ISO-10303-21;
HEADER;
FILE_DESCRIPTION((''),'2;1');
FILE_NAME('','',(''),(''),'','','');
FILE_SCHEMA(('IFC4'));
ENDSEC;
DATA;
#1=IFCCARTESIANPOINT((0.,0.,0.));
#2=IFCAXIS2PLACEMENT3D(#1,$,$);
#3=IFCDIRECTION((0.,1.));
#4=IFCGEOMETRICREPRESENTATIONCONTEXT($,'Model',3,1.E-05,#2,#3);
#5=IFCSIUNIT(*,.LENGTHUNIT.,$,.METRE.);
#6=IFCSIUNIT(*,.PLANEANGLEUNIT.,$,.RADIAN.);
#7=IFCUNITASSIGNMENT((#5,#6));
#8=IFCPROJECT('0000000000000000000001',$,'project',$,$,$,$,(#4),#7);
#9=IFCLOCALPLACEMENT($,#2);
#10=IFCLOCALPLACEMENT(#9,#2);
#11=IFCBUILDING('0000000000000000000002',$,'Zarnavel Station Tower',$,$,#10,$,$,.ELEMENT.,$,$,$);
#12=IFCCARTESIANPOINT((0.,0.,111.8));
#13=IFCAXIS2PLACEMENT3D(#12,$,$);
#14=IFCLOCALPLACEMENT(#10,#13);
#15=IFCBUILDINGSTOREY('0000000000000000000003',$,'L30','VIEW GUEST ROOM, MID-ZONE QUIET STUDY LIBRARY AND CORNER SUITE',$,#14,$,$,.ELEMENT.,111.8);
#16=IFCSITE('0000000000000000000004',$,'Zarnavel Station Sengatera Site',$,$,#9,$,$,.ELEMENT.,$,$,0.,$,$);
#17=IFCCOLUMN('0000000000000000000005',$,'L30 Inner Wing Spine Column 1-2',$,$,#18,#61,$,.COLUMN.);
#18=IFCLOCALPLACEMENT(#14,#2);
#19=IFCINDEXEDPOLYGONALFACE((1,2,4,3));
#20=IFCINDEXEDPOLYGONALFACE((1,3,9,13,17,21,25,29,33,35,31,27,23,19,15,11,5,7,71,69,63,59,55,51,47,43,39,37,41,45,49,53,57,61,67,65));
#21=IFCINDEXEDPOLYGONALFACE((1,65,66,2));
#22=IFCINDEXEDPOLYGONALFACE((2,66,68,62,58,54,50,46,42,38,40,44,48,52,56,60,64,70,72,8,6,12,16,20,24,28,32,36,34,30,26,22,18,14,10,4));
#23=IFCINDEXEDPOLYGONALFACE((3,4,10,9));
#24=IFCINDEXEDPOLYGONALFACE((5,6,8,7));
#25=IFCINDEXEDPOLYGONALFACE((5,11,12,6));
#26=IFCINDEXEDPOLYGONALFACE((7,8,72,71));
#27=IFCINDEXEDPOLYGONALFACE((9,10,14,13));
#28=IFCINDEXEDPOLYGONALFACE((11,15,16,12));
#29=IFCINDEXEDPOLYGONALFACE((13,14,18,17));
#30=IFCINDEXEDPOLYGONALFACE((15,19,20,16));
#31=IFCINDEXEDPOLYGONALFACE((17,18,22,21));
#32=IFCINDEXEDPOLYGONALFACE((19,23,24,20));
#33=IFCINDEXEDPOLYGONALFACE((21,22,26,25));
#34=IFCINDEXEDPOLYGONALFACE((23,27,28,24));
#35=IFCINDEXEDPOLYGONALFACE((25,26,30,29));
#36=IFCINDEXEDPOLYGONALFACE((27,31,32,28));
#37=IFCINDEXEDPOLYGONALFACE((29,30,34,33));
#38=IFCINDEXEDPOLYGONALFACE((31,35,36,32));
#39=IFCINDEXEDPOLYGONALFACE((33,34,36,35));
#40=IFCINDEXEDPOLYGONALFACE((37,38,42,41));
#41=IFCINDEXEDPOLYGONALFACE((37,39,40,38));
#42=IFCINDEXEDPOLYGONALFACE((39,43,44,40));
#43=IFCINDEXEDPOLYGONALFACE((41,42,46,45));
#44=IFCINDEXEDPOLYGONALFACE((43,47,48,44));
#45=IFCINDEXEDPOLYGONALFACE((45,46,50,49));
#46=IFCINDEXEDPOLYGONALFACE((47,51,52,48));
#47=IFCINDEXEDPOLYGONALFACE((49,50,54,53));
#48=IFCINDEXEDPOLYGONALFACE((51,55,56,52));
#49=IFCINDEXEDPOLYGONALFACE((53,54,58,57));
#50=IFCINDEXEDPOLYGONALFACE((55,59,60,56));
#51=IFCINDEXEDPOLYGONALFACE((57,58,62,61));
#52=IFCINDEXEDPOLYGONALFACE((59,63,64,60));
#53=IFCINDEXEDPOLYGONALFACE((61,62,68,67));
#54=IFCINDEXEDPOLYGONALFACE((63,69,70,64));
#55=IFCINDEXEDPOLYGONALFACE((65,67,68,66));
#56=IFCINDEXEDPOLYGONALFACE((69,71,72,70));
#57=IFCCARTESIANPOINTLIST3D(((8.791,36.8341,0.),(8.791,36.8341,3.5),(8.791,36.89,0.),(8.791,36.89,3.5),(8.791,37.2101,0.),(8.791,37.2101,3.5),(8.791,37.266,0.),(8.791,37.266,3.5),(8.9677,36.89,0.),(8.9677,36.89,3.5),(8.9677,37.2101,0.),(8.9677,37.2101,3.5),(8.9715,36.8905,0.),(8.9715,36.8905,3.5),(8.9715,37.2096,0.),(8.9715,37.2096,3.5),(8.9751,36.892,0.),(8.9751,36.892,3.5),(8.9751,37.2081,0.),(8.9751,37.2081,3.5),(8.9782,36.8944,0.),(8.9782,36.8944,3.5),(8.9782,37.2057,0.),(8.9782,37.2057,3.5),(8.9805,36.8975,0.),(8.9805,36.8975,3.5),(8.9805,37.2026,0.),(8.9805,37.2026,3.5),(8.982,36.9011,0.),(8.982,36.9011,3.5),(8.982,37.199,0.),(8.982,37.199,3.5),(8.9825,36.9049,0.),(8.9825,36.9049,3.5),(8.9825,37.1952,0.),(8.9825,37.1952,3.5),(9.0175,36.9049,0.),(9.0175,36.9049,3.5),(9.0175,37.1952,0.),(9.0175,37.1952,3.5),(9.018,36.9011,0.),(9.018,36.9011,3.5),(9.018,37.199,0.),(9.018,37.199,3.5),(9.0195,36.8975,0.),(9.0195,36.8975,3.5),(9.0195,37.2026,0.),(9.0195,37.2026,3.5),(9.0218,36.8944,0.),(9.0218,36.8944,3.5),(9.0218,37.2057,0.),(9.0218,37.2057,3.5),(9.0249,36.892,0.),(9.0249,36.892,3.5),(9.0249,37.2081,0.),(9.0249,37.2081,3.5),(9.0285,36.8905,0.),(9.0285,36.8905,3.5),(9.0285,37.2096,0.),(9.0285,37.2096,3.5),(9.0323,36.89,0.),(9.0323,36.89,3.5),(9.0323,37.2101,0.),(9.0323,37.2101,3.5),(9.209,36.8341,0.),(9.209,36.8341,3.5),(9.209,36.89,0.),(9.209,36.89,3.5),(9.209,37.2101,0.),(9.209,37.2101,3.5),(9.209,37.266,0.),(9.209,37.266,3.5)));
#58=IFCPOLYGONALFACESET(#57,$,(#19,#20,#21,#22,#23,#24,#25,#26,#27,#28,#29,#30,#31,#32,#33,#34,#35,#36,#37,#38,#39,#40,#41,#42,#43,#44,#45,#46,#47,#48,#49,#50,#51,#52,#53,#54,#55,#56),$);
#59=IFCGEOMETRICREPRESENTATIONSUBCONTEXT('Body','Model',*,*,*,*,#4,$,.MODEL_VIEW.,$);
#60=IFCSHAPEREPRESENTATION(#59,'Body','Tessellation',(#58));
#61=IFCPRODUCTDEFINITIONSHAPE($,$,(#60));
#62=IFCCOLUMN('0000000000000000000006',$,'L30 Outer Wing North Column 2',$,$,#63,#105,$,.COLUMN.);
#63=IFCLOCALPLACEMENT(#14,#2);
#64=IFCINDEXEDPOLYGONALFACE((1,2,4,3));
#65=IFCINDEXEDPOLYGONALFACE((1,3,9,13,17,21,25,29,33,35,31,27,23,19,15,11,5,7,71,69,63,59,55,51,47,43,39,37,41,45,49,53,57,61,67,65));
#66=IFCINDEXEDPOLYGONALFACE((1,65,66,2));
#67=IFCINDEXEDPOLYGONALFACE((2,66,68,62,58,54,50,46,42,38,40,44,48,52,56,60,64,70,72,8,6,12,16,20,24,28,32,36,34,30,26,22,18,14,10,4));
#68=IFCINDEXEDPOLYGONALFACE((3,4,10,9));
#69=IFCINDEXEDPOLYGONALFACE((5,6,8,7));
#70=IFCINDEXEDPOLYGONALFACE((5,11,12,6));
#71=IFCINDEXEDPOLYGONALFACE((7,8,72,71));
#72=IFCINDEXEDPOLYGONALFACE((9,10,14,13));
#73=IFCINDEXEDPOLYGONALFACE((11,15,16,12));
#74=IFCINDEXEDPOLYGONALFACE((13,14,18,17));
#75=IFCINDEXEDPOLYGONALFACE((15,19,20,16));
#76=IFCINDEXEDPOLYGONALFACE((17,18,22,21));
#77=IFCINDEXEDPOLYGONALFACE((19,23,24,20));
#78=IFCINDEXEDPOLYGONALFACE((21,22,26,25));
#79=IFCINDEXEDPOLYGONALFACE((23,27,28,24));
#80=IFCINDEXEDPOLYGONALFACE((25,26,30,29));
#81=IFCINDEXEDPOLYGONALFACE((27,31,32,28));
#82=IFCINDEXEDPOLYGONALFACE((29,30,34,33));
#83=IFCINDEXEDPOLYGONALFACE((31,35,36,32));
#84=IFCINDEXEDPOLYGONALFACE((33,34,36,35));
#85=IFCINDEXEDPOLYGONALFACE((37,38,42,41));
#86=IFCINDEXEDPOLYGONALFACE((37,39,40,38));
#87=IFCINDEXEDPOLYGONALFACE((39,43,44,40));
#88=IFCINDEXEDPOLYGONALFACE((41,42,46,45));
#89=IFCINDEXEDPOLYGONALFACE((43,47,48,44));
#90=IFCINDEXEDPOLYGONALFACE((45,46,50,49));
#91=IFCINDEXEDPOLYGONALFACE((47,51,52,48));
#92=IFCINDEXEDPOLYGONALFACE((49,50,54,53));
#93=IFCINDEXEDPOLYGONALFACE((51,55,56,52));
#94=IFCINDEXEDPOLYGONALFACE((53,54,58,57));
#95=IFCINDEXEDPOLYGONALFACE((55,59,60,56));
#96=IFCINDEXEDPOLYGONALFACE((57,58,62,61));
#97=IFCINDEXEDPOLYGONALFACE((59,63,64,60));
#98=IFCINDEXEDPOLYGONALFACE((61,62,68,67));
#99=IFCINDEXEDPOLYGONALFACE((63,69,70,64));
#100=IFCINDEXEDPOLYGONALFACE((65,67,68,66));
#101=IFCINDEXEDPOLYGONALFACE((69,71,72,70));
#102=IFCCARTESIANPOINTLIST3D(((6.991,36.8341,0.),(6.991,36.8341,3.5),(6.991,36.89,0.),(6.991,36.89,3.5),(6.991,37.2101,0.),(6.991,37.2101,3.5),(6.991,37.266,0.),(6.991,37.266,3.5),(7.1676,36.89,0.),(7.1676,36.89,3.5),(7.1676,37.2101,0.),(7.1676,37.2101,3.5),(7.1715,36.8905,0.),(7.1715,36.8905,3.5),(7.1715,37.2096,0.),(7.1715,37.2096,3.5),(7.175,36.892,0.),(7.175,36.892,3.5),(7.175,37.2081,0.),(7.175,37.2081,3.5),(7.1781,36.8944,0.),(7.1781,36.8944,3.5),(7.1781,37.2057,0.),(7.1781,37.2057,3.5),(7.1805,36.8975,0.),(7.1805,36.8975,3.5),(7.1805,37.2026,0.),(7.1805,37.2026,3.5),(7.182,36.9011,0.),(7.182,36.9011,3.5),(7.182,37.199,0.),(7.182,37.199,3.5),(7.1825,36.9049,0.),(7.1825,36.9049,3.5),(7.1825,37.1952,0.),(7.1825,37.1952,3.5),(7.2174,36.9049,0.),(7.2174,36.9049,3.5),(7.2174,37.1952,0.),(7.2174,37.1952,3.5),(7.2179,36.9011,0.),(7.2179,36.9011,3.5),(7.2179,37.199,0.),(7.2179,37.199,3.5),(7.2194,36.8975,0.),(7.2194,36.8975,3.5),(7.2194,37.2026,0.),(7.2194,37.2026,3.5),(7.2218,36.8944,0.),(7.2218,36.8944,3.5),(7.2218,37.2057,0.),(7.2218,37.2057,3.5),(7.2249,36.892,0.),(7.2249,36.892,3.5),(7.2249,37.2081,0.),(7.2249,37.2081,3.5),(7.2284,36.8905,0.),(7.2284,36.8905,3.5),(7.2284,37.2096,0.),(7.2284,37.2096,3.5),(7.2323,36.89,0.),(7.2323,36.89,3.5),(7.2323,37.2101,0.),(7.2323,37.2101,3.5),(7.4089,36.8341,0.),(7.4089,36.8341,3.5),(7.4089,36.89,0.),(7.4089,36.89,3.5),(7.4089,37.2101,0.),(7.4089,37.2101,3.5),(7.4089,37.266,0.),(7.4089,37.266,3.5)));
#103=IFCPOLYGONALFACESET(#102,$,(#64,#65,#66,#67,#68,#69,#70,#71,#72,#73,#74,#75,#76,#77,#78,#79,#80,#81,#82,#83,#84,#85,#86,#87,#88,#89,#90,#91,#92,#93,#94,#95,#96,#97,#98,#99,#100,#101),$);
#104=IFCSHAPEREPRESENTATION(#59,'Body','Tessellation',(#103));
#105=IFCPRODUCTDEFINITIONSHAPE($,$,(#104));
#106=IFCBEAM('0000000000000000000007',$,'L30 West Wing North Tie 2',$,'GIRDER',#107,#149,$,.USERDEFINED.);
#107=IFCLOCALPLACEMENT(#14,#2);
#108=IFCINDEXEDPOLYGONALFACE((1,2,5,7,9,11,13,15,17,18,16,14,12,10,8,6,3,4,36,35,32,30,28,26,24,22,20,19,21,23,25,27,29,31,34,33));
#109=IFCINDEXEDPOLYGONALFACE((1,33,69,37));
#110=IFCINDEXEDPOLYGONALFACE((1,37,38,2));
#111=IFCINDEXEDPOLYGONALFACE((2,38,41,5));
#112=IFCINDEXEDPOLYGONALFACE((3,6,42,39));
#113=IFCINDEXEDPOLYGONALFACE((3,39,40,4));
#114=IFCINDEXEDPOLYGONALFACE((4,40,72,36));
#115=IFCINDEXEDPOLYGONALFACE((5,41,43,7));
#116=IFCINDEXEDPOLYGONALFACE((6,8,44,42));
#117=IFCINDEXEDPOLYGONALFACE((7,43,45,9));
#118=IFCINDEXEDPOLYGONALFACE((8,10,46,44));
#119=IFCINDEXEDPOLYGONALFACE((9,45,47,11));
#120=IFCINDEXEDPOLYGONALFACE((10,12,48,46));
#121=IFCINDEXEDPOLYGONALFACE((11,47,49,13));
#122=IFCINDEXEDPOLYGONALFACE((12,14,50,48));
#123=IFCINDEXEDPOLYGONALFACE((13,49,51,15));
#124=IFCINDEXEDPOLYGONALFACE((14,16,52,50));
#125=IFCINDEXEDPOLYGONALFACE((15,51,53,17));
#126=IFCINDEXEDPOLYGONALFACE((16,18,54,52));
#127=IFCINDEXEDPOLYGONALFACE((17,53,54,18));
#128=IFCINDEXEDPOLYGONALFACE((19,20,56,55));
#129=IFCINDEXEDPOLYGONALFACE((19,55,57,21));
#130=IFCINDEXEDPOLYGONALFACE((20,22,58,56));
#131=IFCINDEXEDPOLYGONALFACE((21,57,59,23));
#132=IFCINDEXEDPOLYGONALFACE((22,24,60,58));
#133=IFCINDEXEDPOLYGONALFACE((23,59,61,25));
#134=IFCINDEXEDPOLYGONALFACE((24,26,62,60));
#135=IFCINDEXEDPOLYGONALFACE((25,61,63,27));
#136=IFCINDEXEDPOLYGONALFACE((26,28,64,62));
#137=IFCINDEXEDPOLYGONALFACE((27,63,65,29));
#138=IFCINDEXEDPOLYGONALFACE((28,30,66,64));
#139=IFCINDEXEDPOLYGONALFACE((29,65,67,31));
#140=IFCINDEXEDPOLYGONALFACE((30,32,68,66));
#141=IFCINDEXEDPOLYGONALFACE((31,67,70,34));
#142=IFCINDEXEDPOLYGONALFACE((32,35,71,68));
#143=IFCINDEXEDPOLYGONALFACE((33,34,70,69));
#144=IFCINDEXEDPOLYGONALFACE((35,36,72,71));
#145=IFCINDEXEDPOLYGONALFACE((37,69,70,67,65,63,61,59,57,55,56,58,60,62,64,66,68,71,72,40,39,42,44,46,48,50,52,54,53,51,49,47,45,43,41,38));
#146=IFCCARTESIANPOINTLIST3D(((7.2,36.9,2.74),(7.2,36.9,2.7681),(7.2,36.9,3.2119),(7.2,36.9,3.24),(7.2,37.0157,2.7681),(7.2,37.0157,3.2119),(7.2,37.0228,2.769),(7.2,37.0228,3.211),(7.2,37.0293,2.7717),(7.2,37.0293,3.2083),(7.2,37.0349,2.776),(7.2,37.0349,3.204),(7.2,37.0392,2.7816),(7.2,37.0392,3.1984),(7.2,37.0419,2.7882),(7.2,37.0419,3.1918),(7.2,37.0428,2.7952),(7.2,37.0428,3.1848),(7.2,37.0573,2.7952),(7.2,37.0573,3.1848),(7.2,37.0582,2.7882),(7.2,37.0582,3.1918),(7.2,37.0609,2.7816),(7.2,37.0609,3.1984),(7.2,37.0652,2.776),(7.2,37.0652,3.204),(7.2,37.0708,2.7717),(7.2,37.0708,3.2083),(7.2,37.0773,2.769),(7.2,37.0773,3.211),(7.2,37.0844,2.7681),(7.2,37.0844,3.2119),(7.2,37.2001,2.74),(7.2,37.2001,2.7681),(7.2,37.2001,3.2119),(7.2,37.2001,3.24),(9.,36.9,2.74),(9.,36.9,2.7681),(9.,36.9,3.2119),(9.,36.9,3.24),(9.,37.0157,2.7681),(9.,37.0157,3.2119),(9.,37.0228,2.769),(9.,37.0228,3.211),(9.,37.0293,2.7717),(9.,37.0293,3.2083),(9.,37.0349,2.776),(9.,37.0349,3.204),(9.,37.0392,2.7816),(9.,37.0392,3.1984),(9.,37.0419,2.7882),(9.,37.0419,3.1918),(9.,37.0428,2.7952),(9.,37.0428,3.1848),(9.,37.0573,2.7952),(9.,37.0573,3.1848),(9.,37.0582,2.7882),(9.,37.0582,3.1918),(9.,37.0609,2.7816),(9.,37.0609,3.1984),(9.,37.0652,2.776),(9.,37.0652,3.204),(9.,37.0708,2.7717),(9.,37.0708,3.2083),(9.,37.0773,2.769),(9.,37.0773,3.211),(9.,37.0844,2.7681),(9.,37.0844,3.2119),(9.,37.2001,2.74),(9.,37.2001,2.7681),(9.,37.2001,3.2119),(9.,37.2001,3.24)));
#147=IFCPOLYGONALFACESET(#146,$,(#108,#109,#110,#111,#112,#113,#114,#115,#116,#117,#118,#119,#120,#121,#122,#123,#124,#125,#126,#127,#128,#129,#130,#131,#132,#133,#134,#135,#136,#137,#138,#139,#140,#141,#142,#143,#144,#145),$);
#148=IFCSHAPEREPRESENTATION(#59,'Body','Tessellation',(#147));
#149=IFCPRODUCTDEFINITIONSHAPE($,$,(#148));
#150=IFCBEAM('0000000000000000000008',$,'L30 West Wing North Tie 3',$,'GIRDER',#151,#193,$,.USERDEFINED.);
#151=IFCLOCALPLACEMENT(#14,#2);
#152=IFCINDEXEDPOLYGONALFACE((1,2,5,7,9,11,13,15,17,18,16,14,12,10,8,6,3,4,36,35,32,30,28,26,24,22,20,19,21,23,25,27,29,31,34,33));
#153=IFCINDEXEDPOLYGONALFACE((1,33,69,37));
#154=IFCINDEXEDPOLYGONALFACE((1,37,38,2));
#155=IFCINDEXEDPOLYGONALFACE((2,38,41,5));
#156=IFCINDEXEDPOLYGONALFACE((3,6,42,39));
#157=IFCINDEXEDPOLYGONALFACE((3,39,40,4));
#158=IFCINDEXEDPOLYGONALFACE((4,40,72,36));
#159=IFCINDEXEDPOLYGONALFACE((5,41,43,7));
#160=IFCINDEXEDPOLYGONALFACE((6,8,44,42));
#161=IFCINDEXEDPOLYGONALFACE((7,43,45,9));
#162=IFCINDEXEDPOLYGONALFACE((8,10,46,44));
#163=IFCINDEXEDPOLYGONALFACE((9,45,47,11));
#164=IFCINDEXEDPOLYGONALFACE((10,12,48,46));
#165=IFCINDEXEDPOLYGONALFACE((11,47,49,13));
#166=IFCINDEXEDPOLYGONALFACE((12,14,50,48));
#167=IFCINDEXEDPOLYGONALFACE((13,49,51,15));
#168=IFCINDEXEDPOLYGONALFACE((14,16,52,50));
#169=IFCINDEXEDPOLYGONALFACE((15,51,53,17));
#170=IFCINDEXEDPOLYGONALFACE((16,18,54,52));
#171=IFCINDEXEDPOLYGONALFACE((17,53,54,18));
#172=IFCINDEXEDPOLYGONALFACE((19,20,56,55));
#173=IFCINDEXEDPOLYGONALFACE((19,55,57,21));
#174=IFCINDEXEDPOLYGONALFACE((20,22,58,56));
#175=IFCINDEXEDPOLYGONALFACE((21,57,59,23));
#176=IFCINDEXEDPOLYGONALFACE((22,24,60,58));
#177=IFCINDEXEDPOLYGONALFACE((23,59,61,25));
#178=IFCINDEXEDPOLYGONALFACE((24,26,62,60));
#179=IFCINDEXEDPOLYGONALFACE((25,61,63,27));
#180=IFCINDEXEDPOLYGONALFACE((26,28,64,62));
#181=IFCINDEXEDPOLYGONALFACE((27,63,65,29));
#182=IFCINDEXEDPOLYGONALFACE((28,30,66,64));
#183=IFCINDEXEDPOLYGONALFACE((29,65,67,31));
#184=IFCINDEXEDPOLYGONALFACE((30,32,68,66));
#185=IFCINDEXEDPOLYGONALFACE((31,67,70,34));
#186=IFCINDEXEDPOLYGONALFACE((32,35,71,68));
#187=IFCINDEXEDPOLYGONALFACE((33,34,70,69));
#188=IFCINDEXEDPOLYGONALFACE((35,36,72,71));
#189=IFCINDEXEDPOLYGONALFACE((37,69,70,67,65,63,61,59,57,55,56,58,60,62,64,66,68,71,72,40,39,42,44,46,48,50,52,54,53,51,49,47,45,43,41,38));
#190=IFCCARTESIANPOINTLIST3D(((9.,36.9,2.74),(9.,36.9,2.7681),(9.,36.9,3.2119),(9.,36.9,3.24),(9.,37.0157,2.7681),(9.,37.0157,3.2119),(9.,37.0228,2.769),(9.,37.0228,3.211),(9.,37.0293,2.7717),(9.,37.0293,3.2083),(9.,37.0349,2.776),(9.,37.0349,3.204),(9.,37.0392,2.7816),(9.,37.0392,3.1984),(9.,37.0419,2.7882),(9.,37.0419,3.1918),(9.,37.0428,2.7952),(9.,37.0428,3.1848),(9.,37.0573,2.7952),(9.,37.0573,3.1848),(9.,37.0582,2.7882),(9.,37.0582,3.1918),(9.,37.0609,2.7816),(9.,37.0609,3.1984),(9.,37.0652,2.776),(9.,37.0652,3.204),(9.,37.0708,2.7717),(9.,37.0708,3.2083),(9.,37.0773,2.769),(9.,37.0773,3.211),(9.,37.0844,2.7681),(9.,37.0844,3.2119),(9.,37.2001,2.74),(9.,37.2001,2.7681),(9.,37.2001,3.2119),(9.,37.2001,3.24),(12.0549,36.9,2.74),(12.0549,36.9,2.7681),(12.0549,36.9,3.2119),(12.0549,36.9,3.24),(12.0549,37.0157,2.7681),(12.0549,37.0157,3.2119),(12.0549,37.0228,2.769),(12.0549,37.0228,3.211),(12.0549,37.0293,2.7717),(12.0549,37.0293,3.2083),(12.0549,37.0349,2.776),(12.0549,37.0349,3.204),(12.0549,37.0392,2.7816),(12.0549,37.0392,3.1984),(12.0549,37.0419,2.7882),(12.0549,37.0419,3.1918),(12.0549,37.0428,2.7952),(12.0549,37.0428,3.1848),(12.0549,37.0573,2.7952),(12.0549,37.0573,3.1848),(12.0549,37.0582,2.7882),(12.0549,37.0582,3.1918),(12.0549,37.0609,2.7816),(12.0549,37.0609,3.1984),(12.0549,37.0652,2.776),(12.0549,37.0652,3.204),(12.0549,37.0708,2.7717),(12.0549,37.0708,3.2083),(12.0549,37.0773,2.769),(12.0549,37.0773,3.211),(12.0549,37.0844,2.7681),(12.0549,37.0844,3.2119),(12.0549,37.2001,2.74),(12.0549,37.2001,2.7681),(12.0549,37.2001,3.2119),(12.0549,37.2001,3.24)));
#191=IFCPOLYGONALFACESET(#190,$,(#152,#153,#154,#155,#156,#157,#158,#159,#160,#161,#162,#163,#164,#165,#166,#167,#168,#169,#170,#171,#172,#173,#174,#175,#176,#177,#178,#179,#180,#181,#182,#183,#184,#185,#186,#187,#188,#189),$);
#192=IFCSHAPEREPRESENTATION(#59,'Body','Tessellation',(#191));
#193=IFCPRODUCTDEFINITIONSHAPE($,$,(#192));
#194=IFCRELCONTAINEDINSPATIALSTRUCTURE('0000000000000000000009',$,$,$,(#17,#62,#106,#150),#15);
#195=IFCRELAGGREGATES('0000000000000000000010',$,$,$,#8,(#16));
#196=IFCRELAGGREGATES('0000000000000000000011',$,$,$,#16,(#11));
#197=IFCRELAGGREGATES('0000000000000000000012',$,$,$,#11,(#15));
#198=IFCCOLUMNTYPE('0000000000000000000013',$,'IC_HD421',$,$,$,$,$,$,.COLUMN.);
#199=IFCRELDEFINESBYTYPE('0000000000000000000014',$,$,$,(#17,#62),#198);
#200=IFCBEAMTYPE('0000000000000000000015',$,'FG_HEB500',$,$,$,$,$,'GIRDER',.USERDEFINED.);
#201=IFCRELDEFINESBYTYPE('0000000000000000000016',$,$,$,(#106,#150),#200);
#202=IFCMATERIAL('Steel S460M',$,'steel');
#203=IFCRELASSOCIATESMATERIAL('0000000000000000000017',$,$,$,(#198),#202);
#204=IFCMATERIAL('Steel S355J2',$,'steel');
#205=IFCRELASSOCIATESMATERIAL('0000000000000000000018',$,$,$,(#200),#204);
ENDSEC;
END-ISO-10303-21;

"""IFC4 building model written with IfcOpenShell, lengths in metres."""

from ifc_helpers import new_model, si_unit, direction, frame, origin, origin_2d, place, context, subcontext, project, spatial, i_section, extrude, material, material_profile, profile_set, type_object, element, save


model = new_model("IFC4")

# Units and contexts
model_context = context("Model", 3, precision=1e-05, world=origin(), true_north=direction((0.0, 1.0)))
body_context = subcontext(model_context, "Body", "Model", "MODEL_VIEW")
ifc_project = project(units=[si_unit("LENGTHUNIT", "METRE"), si_unit("PLANEANGLEUNIT", "RADIAN")], contexts=[model_context])

# Site, building, storey
site_placement = place(None, origin())
site = spatial("IfcSite", under=ifc_project, at=site_placement, Name="Zarnavel Station Sengatera Site", CompositionType="ELEMENT", RefElevation=0.0)
building_placement = place(site_placement, origin())
building = spatial("IfcBuilding", under=site, at=building_placement, Name="Zarnavel Station Tower", CompositionType="ELEMENT")
storey_placement = place(building_placement, frame((0.0, 0.0, 111.8)))
storey = spatial("IfcBuildingStorey", under=building, at=storey_placement, Name="L30", Description="VIEW GUEST ROOM, MID-ZONE QUIET STUDY LIBRARY AND CORNER SUITE", CompositionType="ELEMENT", Elevation=111.8)

# Columns
ifc_material_1 = material(Name="Steel S460M", Category="steel")
ifc_material_profile_1 = material_profile(ifc_material_1, i_section(OverallWidth=0.418, OverallDepth=0.4319, WebThickness=0.0349, FlangeThickness=0.0559, FilletRadius=0.0149, at=origin_2d()), Name="HD400x421")
ifc_profile_set_1 = profile_set([ifc_material_profile_1], Name="Steel S460M")
column_type = type_object("IfcColumnType", Name="IC_HD421", PredefinedType="COLUMN", material=ifc_profile_set_1)
for number, where, z_axis, x_axis, name in (
    (1, (9.0, 37.05, 0.0), (0.0, 0.0, 1.0), (1.0, 0.0, 0.0), "L30 Inner Wing Spine Column 1-2"),
    (2, (7.2, 37.05, 0.0), (0.0, 0.0, 1.0), (1.0, 0.0, 0.0), "L30 Outer Wing North Column 2"),
):
    element("IfcColumn", number, at=place(storey_placement, frame(where, z_axis=z_axis, x_axis=x_axis)), inside=storey, type_object=column_type, Name=name, PredefinedType="COLUMN", context=body_context, shape_type="SweptSolid", body=[
        extrude(i_section(OverallWidth=0.418, OverallDepth=0.4319, WebThickness=0.0349, FlangeThickness=0.0559, FilletRadius=0.0149, at=origin_2d()), origin(), (0.0, 0.0, 1.0), 3.5),
    ])

# Beams
ifc_material_2 = material(Name="Steel S355J2", Category="steel")
ifc_material_profile_2 = material_profile(ifc_material_2, i_section(OverallWidth=0.3, OverallDepth=0.5, WebThickness=0.0144, FlangeThickness=0.0281, FilletRadius=0.0271, at=origin_2d()), Name="HEB500")
ifc_profile_set_2 = profile_set([ifc_material_profile_2], Name="Steel S355J2")
beam_type = type_object("IfcBeamType", Name="FG_HEB500", ElementType="GIRDER", PredefinedType="USERDEFINED", material=ifc_profile_set_2)
beam_1_placement = place(storey_placement, frame((7.2, 37.05, 2.99), z_axis=(1.0, 0.0, 0.0), x_axis=(0.0, 1.0, 0.0)))
element("IfcBeam", 3, at=beam_1_placement, inside=storey, type_object=beam_type, Name="L30 West Wing North Tie 2", ObjectType="GIRDER", PredefinedType="USERDEFINED", context=body_context, shape_type="SweptSolid", body=[
    extrude(i_section(OverallWidth=0.3, OverallDepth=0.5, WebThickness=0.0144, FlangeThickness=0.0281, FilletRadius=0.0271, at=origin_2d()), origin(), (0.0, 0.0, 1.0), 1.8),
])
beam_2_placement = place(storey_placement, frame((9.0, 37.05, 2.99), z_axis=(1.0, 0.0, 0.0), x_axis=(0.0, 1.0, 0.0)))
element("IfcBeam", 4, at=beam_2_placement, inside=storey, type_object=beam_type, Name="L30 West Wing North Tie 3", ObjectType="GIRDER", PredefinedType="USERDEFINED", context=body_context, shape_type="SweptSolid", body=[
    extrude(i_section(OverallWidth=0.3, OverallDepth=0.5, WebThickness=0.0144, FlangeThickness=0.0281, FilletRadius=0.0271, at=origin_2d()), origin(), (0.0, 0.0, 1.0), 3.0549),
])

save(model, "model.ifc")
